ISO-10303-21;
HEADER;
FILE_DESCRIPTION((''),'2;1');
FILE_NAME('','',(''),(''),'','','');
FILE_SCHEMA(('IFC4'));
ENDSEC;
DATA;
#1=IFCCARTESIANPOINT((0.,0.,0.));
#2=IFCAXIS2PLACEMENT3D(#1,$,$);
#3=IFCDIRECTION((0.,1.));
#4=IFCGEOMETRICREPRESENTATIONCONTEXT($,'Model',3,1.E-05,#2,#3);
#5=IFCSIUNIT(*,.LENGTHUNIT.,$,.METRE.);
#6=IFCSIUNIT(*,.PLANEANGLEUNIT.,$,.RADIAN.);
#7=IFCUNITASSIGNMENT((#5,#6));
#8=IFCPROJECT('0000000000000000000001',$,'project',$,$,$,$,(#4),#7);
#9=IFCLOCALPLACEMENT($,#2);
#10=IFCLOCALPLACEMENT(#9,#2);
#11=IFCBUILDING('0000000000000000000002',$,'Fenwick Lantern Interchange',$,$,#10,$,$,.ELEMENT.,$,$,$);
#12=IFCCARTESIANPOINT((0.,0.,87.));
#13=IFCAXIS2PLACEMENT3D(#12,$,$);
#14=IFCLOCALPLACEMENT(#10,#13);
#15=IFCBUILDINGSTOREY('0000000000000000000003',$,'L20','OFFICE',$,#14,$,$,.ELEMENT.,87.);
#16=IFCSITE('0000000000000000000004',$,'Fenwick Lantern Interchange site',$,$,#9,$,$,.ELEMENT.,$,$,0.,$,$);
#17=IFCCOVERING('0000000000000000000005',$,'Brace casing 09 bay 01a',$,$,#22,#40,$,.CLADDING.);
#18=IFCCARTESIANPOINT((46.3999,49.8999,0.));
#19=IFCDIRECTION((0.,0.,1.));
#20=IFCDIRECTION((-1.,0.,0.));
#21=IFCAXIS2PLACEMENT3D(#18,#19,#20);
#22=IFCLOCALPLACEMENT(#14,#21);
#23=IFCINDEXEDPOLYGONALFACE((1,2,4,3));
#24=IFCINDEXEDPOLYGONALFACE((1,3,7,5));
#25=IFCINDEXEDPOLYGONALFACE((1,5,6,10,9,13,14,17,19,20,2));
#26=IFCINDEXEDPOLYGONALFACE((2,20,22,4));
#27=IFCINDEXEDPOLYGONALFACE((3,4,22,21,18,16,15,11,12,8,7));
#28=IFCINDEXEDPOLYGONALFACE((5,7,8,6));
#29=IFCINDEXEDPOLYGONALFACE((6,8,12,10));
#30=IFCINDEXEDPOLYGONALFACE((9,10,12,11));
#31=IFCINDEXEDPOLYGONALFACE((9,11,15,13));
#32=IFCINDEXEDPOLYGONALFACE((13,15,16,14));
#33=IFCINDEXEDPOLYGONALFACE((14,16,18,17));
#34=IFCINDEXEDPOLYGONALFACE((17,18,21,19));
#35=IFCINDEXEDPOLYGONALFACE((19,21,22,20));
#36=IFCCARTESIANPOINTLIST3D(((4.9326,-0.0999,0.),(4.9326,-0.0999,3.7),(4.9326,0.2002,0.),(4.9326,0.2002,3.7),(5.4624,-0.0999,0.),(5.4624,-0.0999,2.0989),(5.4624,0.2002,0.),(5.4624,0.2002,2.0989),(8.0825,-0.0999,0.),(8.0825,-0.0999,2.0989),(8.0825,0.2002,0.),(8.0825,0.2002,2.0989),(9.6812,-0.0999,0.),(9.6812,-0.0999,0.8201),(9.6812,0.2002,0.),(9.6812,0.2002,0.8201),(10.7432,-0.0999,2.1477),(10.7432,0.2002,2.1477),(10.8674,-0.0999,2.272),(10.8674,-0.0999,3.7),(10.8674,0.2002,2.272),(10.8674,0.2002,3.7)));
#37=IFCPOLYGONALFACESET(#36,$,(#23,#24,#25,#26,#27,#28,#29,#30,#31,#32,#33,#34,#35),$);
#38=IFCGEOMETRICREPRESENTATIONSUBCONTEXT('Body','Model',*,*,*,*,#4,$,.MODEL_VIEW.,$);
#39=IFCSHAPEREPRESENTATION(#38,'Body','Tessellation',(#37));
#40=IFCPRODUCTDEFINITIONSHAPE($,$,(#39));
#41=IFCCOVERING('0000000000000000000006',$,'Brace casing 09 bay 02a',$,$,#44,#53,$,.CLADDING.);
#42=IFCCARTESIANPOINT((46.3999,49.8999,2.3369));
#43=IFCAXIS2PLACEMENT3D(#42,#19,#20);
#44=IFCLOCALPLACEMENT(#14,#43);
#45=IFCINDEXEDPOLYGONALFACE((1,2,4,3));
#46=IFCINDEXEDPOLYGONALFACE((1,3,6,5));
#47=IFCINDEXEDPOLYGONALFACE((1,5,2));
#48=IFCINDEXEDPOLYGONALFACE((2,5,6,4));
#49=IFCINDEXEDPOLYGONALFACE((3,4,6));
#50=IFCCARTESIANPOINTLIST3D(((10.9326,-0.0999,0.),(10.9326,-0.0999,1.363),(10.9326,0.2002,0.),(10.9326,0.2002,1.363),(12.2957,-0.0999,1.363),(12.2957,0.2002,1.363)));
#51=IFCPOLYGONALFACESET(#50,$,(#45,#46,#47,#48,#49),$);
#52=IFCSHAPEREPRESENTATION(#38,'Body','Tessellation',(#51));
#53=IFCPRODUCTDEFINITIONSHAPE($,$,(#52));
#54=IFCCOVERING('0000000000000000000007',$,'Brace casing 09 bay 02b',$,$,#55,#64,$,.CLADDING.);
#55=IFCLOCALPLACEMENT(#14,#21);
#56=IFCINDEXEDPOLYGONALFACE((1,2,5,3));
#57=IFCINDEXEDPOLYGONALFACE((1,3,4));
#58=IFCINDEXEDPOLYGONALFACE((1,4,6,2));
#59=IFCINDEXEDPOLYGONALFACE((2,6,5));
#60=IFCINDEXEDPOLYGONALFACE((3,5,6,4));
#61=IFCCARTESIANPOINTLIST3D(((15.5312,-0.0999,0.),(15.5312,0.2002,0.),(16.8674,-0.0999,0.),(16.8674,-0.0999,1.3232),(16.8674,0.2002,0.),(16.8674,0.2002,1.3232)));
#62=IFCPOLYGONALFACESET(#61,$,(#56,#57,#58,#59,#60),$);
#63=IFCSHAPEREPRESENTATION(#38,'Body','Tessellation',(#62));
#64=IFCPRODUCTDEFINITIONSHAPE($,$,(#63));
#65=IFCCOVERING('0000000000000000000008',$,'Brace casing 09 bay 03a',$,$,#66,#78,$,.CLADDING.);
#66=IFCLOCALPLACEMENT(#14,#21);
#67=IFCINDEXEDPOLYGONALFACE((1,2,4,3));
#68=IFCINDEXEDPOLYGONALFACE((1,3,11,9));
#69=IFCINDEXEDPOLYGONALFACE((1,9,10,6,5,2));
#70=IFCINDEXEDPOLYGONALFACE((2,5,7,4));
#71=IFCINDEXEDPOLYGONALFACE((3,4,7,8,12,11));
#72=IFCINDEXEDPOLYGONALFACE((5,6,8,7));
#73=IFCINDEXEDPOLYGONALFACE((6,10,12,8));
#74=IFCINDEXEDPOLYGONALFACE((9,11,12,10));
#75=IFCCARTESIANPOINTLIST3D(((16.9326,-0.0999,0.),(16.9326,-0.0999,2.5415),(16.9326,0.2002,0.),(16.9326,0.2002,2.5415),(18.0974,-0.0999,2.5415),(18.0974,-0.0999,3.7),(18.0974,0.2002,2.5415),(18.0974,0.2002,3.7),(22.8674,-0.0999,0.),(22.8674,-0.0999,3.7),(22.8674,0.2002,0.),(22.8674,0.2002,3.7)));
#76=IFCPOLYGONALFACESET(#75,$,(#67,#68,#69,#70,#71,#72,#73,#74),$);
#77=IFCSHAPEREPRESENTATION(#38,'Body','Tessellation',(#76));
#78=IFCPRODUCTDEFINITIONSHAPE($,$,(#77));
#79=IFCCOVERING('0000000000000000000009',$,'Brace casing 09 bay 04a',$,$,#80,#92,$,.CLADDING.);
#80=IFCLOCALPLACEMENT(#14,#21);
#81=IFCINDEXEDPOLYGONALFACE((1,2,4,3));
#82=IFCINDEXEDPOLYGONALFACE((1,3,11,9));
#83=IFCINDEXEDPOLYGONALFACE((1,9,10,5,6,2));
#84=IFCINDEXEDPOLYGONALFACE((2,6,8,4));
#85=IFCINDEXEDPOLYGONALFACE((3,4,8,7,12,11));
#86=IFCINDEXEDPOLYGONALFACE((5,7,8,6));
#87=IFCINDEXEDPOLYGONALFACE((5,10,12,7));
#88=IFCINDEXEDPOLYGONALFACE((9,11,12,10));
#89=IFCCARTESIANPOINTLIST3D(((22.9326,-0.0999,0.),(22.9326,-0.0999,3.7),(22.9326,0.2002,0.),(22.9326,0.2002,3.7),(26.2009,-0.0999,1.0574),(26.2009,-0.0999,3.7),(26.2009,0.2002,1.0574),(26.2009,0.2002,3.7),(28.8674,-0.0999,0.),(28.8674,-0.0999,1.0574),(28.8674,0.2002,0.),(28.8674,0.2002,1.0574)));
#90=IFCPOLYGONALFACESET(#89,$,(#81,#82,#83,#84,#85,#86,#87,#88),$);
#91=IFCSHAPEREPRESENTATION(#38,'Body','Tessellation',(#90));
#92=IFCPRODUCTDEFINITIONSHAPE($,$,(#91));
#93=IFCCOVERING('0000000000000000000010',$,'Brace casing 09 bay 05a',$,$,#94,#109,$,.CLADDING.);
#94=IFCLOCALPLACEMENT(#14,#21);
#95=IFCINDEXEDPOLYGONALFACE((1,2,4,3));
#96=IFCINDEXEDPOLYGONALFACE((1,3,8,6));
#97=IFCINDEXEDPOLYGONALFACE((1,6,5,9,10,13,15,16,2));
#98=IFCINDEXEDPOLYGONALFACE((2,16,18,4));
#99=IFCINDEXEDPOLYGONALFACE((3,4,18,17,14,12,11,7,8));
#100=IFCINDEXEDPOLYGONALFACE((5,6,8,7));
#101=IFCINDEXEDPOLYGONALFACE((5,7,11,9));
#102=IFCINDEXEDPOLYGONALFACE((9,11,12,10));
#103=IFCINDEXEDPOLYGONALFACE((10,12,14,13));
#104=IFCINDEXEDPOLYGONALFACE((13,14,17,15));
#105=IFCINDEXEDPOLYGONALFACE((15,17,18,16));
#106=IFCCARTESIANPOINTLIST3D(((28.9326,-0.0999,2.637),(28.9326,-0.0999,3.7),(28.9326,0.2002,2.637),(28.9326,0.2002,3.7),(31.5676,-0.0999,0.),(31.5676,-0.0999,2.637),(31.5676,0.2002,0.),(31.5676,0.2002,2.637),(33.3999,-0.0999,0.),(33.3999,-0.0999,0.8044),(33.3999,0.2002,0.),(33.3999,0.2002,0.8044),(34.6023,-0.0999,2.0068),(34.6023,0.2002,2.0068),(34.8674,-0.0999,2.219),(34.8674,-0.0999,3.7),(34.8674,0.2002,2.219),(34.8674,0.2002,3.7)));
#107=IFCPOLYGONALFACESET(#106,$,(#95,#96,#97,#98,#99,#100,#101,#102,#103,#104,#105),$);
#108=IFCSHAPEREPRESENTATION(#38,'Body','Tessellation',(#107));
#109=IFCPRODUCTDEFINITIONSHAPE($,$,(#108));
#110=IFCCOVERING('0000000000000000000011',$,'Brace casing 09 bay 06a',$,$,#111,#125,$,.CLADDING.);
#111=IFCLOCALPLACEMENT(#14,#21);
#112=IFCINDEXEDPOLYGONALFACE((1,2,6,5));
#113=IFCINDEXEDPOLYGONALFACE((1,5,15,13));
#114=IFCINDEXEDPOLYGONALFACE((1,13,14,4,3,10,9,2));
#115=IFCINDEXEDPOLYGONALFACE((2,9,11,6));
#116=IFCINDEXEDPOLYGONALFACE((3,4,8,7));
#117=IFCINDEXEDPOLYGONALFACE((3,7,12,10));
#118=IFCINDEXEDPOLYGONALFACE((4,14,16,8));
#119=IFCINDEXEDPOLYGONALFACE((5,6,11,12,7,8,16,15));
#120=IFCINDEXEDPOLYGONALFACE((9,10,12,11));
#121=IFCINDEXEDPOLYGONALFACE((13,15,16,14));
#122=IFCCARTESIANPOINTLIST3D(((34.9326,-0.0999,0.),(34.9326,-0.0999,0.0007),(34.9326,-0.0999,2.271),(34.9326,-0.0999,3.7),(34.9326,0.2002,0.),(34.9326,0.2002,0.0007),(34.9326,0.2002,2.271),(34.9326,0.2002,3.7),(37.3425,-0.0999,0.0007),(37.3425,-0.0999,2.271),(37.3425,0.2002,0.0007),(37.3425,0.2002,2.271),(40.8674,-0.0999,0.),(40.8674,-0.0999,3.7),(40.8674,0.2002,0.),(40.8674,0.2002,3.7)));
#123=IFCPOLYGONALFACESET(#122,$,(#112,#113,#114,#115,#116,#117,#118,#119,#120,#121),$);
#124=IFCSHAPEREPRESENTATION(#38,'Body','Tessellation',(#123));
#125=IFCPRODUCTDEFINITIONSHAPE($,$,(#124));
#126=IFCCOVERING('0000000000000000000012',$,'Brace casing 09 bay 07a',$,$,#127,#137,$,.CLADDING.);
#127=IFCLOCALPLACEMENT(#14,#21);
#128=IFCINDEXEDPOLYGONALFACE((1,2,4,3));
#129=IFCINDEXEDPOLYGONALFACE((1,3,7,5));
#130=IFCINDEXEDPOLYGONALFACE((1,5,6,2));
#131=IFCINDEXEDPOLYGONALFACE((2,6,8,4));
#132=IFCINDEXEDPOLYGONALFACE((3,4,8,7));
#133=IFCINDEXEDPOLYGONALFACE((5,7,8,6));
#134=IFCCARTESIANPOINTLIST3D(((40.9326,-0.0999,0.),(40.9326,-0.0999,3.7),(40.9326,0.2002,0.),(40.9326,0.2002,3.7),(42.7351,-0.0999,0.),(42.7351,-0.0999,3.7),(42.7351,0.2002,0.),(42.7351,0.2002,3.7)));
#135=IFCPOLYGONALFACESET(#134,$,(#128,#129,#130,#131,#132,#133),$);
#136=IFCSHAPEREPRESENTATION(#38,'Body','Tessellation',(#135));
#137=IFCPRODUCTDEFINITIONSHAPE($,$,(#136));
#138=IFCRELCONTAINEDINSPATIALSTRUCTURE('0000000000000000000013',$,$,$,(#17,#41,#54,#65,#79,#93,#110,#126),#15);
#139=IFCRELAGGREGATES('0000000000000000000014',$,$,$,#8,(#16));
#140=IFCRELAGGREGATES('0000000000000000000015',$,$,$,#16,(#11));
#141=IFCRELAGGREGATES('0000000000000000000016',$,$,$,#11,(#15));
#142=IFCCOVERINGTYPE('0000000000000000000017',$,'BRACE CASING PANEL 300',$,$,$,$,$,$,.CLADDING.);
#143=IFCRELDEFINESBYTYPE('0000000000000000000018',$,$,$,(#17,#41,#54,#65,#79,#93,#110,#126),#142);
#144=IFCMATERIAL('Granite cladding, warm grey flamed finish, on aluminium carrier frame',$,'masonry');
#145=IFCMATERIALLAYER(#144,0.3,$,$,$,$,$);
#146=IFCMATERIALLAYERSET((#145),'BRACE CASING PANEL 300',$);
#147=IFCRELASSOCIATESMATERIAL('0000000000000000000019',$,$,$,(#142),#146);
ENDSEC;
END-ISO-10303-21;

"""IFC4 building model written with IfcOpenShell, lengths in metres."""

from ifc_helpers import new_model, si_unit, direction, frame, origin, place, context, subcontext, project, spatial, polyline, outline, extrude, material, layer, layer_set, type_object, element, save


model = new_model("IFC4")

# Units and contexts
model_context = context("Model", 3, precision=1e-05, world=origin(), true_north=direction((0.0, 1.0)))
body_context = subcontext(model_context, "Body", "Model", "MODEL_VIEW")
ifc_project = project(units=[si_unit("LENGTHUNIT", "METRE"), si_unit("PLANEANGLEUNIT", "RADIAN")], contexts=[model_context])

# Site, building, storey
site_placement = place(None, origin())
site = spatial("IfcSite", under=ifc_project, at=site_placement, Name="Fenwick Lantern Interchange site", CompositionType="ELEMENT", RefElevation=0.0)
building_placement = place(site_placement, origin())
building = spatial("IfcBuilding", under=site, at=building_placement, Name="Fenwick Lantern Interchange", CompositionType="ELEMENT")
storey_placement = place(building_placement, frame((0.0, 0.0, 87.0)))
storey = spatial("IfcBuildingStorey", under=building, at=storey_placement, Name="L20", Description="OFFICE", CompositionType="ELEMENT", Elevation=87.0)

# Coverings
ifc_material_1 = material(Name="Granite cladding, warm grey flamed finish, on aluminium carrier frame", Category="masonry")
ifc_layer_1 = layer(ifc_material_1, 0.3)
ifc_layer_set_1 = layer_set([ifc_layer_1], Name="BRACE CASING PANEL 300")
covering_type = type_object("IfcCoveringType", Name="BRACE CASING PANEL 300", PredefinedType="CLADDING", material=ifc_layer_set_1)
covering_1_placement = place(storey_placement, frame((46.3999, 49.8999, 0.0), z_axis=(0.0, 0.0, 1.0), x_axis=(-1.0, 0.0, 0.0)))
element("IfcCovering", 1, at=covering_1_placement, inside=storey, type_object=covering_type, Name="Brace casing 09 bay 01a", PredefinedType="CLADDING", context=body_context, shape_type="SweptSolid", body=[
    extrude(outline(polyline([(4.9326, 0.0), (5.4624, 0.0), (5.4624, 2.0989), (8.0825, 2.0989), (8.0825, 0.0), (9.6812, 0.0), (9.6812, 0.8201), (10.7432, 2.1477), (10.8674, 2.272), (10.8674, 3.7), (4.9326, 3.7), (4.9326, 0.0)])), frame((0.0, 0.2002, 0.0), z_axis=(0.0, -1.0, 0.0), x_axis=(1.0, 0.0, 0.0)), (0.0, 0.0, 1.0), 0.3),
])
covering_2_placement = place(storey_placement, frame((46.3999, 49.8999, 2.3369), z_axis=(0.0, 0.0, 1.0), x_axis=(-1.0, 0.0, 0.0)))
element("IfcCovering", 2, at=covering_2_placement, inside=storey, type_object=covering_type, Name="Brace casing 09 bay 02a", PredefinedType="CLADDING", context=body_context, shape_type="SweptSolid", body=[
    extrude(outline(polyline([(10.9326, 0.0), (12.2957, 1.363), (10.9326, 1.363), (10.9326, 0.0)])), frame((0.0, 0.2002, 0.0), z_axis=(0.0, -1.0, 0.0), x_axis=(1.0, 0.0, 0.0)), (0.0, 0.0, 1.0), 0.3),
])
covering_3_placement = place(storey_placement, frame((46.3999, 49.8999, 0.0), z_axis=(0.0, 0.0, 1.0), x_axis=(-1.0, 0.0, 0.0)))
element("IfcCovering", 3, at=covering_3_placement, inside=storey, type_object=covering_type, Name="Brace casing 09 bay 02b", PredefinedType="CLADDING", context=body_context, shape_type="SweptSolid", body=[
    extrude(outline(polyline([(15.5312, 0.0), (16.8674, 0.0), (16.8674, 1.3232), (15.5312, 0.0)])), frame((0.0, 0.2002, 0.0), z_axis=(0.0, -1.0, 0.0), x_axis=(1.0, 0.0, 0.0)), (0.0, 0.0, 1.0), 0.3),
])
covering_4_placement = place(storey_placement, frame((46.3999, 49.8999, 0.0), z_axis=(0.0, 0.0, 1.0), x_axis=(-1.0, 0.0, 0.0)))
element("IfcCovering", 4, at=covering_4_placement, inside=storey, type_object=covering_type, Name="Brace casing 09 bay 03a", PredefinedType="CLADDING", context=body_context, shape_type="SweptSolid", body=[
    extrude(outline(polyline([(16.9326, 0.0), (22.8674, 0.0), (22.8674, 3.7), (18.0974, 3.7), (18.0974, 2.5415), (16.9326, 2.5415), (16.9326, 0.0)])), frame((0.0, 0.2002, 0.0), z_axis=(0.0, -1.0, 0.0), x_axis=(1.0, 0.0, 0.0)), (0.0, 0.0, 1.0), 0.3),
])
covering_5_placement = place(storey_placement, frame((46.3999, 49.8999, 0.0), z_axis=(0.0, 0.0, 1.0), x_axis=(-1.0, 0.0, 0.0)))
element("IfcCovering", 5, at=covering_5_placement, inside=storey, type_object=covering_type, Name="Brace casing 09 bay 04a", PredefinedType="CLADDING", context=body_context, shape_type="SweptSolid", body=[
    extrude(outline(polyline([(22.9326, 0.0), (28.8674, 0.0), (28.8674, 1.0574), (26.2009, 1.0574), (26.2009, 3.7), (22.9326, 3.7), (22.9326, 0.0)])), frame((0.0, 0.2002, 0.0), z_axis=(0.0, -1.0, 0.0), x_axis=(1.0, 0.0, 0.0)), (0.0, 0.0, 1.0), 0.3),
])
covering_6_placement = place(storey_placement, frame((46.3999, 49.8999, 0.0), z_axis=(0.0, 0.0, 1.0), x_axis=(-1.0, 0.0, 0.0)))
element("IfcCovering", 6, at=covering_6_placement, inside=storey, type_object=covering_type, Name="Brace casing 09 bay 05a", PredefinedType="CLADDING", context=body_context, shape_type="SweptSolid", body=[
    extrude(outline(polyline([(31.5676, 0.0), (33.3999, 0.0), (33.3999, 0.8044), (34.6023, 2.0068), (34.8674, 2.219), (34.8674, 3.7), (28.9326, 3.7), (28.9326, 2.637), (31.5676, 2.637), (31.5676, 0.0)])), frame((0.0, 0.2002, 0.0), z_axis=(0.0, -1.0, 0.0), x_axis=(1.0, 0.0, 0.0)), (0.0, 0.0, 1.0), 0.3),
])
covering_7_placement = place(storey_placement, frame((46.3999, 49.8999, 0.0), z_axis=(0.0, 0.0, 1.0), x_axis=(-1.0, 0.0, 0.0)))
element("IfcCovering", 7, at=covering_7_placement, inside=storey, type_object=covering_type, Name="Brace casing 09 bay 06a", PredefinedType="CLADDING", context=body_context, shape_type="SweptSolid", body=[
    extrude(outline(polyline([(34.9326, 0.0), (40.8674, 0.0), (40.8674, 3.7), (34.9326, 3.7), (34.9326, 2.271), (37.3425, 2.271), (37.3425, 0.0007), (34.9326, 0.0007), (34.9326, 0.0)])), frame((0.0, 0.2002, 0.0), z_axis=(0.0, -1.0, 0.0), x_axis=(1.0, 0.0, 0.0)), (0.0, 0.0, 1.0), 0.3),
])
covering_8_placement = place(storey_placement, frame((46.3999, 49.8999, 0.0), z_axis=(0.0, 0.0, 1.0), x_axis=(-1.0, 0.0, 0.0)))
element("IfcCovering", 8, at=covering_8_placement, inside=storey, type_object=covering_type, Name="Brace casing 09 bay 07a", PredefinedType="CLADDING", context=body_context, shape_type="SweptSolid", body=[
    extrude(outline(polyline([(40.9326, 0.0), (42.7351, 0.0), (42.7351, 3.7), (40.9326, 3.7), (40.9326, 0.0)])), frame((0.0, 0.2002, 0.0), z_axis=(0.0, -1.0, 0.0), x_axis=(1.0, 0.0, 0.0)), (0.0, 0.0, 1.0), 0.3),
])

save(model, "model.ifc")
